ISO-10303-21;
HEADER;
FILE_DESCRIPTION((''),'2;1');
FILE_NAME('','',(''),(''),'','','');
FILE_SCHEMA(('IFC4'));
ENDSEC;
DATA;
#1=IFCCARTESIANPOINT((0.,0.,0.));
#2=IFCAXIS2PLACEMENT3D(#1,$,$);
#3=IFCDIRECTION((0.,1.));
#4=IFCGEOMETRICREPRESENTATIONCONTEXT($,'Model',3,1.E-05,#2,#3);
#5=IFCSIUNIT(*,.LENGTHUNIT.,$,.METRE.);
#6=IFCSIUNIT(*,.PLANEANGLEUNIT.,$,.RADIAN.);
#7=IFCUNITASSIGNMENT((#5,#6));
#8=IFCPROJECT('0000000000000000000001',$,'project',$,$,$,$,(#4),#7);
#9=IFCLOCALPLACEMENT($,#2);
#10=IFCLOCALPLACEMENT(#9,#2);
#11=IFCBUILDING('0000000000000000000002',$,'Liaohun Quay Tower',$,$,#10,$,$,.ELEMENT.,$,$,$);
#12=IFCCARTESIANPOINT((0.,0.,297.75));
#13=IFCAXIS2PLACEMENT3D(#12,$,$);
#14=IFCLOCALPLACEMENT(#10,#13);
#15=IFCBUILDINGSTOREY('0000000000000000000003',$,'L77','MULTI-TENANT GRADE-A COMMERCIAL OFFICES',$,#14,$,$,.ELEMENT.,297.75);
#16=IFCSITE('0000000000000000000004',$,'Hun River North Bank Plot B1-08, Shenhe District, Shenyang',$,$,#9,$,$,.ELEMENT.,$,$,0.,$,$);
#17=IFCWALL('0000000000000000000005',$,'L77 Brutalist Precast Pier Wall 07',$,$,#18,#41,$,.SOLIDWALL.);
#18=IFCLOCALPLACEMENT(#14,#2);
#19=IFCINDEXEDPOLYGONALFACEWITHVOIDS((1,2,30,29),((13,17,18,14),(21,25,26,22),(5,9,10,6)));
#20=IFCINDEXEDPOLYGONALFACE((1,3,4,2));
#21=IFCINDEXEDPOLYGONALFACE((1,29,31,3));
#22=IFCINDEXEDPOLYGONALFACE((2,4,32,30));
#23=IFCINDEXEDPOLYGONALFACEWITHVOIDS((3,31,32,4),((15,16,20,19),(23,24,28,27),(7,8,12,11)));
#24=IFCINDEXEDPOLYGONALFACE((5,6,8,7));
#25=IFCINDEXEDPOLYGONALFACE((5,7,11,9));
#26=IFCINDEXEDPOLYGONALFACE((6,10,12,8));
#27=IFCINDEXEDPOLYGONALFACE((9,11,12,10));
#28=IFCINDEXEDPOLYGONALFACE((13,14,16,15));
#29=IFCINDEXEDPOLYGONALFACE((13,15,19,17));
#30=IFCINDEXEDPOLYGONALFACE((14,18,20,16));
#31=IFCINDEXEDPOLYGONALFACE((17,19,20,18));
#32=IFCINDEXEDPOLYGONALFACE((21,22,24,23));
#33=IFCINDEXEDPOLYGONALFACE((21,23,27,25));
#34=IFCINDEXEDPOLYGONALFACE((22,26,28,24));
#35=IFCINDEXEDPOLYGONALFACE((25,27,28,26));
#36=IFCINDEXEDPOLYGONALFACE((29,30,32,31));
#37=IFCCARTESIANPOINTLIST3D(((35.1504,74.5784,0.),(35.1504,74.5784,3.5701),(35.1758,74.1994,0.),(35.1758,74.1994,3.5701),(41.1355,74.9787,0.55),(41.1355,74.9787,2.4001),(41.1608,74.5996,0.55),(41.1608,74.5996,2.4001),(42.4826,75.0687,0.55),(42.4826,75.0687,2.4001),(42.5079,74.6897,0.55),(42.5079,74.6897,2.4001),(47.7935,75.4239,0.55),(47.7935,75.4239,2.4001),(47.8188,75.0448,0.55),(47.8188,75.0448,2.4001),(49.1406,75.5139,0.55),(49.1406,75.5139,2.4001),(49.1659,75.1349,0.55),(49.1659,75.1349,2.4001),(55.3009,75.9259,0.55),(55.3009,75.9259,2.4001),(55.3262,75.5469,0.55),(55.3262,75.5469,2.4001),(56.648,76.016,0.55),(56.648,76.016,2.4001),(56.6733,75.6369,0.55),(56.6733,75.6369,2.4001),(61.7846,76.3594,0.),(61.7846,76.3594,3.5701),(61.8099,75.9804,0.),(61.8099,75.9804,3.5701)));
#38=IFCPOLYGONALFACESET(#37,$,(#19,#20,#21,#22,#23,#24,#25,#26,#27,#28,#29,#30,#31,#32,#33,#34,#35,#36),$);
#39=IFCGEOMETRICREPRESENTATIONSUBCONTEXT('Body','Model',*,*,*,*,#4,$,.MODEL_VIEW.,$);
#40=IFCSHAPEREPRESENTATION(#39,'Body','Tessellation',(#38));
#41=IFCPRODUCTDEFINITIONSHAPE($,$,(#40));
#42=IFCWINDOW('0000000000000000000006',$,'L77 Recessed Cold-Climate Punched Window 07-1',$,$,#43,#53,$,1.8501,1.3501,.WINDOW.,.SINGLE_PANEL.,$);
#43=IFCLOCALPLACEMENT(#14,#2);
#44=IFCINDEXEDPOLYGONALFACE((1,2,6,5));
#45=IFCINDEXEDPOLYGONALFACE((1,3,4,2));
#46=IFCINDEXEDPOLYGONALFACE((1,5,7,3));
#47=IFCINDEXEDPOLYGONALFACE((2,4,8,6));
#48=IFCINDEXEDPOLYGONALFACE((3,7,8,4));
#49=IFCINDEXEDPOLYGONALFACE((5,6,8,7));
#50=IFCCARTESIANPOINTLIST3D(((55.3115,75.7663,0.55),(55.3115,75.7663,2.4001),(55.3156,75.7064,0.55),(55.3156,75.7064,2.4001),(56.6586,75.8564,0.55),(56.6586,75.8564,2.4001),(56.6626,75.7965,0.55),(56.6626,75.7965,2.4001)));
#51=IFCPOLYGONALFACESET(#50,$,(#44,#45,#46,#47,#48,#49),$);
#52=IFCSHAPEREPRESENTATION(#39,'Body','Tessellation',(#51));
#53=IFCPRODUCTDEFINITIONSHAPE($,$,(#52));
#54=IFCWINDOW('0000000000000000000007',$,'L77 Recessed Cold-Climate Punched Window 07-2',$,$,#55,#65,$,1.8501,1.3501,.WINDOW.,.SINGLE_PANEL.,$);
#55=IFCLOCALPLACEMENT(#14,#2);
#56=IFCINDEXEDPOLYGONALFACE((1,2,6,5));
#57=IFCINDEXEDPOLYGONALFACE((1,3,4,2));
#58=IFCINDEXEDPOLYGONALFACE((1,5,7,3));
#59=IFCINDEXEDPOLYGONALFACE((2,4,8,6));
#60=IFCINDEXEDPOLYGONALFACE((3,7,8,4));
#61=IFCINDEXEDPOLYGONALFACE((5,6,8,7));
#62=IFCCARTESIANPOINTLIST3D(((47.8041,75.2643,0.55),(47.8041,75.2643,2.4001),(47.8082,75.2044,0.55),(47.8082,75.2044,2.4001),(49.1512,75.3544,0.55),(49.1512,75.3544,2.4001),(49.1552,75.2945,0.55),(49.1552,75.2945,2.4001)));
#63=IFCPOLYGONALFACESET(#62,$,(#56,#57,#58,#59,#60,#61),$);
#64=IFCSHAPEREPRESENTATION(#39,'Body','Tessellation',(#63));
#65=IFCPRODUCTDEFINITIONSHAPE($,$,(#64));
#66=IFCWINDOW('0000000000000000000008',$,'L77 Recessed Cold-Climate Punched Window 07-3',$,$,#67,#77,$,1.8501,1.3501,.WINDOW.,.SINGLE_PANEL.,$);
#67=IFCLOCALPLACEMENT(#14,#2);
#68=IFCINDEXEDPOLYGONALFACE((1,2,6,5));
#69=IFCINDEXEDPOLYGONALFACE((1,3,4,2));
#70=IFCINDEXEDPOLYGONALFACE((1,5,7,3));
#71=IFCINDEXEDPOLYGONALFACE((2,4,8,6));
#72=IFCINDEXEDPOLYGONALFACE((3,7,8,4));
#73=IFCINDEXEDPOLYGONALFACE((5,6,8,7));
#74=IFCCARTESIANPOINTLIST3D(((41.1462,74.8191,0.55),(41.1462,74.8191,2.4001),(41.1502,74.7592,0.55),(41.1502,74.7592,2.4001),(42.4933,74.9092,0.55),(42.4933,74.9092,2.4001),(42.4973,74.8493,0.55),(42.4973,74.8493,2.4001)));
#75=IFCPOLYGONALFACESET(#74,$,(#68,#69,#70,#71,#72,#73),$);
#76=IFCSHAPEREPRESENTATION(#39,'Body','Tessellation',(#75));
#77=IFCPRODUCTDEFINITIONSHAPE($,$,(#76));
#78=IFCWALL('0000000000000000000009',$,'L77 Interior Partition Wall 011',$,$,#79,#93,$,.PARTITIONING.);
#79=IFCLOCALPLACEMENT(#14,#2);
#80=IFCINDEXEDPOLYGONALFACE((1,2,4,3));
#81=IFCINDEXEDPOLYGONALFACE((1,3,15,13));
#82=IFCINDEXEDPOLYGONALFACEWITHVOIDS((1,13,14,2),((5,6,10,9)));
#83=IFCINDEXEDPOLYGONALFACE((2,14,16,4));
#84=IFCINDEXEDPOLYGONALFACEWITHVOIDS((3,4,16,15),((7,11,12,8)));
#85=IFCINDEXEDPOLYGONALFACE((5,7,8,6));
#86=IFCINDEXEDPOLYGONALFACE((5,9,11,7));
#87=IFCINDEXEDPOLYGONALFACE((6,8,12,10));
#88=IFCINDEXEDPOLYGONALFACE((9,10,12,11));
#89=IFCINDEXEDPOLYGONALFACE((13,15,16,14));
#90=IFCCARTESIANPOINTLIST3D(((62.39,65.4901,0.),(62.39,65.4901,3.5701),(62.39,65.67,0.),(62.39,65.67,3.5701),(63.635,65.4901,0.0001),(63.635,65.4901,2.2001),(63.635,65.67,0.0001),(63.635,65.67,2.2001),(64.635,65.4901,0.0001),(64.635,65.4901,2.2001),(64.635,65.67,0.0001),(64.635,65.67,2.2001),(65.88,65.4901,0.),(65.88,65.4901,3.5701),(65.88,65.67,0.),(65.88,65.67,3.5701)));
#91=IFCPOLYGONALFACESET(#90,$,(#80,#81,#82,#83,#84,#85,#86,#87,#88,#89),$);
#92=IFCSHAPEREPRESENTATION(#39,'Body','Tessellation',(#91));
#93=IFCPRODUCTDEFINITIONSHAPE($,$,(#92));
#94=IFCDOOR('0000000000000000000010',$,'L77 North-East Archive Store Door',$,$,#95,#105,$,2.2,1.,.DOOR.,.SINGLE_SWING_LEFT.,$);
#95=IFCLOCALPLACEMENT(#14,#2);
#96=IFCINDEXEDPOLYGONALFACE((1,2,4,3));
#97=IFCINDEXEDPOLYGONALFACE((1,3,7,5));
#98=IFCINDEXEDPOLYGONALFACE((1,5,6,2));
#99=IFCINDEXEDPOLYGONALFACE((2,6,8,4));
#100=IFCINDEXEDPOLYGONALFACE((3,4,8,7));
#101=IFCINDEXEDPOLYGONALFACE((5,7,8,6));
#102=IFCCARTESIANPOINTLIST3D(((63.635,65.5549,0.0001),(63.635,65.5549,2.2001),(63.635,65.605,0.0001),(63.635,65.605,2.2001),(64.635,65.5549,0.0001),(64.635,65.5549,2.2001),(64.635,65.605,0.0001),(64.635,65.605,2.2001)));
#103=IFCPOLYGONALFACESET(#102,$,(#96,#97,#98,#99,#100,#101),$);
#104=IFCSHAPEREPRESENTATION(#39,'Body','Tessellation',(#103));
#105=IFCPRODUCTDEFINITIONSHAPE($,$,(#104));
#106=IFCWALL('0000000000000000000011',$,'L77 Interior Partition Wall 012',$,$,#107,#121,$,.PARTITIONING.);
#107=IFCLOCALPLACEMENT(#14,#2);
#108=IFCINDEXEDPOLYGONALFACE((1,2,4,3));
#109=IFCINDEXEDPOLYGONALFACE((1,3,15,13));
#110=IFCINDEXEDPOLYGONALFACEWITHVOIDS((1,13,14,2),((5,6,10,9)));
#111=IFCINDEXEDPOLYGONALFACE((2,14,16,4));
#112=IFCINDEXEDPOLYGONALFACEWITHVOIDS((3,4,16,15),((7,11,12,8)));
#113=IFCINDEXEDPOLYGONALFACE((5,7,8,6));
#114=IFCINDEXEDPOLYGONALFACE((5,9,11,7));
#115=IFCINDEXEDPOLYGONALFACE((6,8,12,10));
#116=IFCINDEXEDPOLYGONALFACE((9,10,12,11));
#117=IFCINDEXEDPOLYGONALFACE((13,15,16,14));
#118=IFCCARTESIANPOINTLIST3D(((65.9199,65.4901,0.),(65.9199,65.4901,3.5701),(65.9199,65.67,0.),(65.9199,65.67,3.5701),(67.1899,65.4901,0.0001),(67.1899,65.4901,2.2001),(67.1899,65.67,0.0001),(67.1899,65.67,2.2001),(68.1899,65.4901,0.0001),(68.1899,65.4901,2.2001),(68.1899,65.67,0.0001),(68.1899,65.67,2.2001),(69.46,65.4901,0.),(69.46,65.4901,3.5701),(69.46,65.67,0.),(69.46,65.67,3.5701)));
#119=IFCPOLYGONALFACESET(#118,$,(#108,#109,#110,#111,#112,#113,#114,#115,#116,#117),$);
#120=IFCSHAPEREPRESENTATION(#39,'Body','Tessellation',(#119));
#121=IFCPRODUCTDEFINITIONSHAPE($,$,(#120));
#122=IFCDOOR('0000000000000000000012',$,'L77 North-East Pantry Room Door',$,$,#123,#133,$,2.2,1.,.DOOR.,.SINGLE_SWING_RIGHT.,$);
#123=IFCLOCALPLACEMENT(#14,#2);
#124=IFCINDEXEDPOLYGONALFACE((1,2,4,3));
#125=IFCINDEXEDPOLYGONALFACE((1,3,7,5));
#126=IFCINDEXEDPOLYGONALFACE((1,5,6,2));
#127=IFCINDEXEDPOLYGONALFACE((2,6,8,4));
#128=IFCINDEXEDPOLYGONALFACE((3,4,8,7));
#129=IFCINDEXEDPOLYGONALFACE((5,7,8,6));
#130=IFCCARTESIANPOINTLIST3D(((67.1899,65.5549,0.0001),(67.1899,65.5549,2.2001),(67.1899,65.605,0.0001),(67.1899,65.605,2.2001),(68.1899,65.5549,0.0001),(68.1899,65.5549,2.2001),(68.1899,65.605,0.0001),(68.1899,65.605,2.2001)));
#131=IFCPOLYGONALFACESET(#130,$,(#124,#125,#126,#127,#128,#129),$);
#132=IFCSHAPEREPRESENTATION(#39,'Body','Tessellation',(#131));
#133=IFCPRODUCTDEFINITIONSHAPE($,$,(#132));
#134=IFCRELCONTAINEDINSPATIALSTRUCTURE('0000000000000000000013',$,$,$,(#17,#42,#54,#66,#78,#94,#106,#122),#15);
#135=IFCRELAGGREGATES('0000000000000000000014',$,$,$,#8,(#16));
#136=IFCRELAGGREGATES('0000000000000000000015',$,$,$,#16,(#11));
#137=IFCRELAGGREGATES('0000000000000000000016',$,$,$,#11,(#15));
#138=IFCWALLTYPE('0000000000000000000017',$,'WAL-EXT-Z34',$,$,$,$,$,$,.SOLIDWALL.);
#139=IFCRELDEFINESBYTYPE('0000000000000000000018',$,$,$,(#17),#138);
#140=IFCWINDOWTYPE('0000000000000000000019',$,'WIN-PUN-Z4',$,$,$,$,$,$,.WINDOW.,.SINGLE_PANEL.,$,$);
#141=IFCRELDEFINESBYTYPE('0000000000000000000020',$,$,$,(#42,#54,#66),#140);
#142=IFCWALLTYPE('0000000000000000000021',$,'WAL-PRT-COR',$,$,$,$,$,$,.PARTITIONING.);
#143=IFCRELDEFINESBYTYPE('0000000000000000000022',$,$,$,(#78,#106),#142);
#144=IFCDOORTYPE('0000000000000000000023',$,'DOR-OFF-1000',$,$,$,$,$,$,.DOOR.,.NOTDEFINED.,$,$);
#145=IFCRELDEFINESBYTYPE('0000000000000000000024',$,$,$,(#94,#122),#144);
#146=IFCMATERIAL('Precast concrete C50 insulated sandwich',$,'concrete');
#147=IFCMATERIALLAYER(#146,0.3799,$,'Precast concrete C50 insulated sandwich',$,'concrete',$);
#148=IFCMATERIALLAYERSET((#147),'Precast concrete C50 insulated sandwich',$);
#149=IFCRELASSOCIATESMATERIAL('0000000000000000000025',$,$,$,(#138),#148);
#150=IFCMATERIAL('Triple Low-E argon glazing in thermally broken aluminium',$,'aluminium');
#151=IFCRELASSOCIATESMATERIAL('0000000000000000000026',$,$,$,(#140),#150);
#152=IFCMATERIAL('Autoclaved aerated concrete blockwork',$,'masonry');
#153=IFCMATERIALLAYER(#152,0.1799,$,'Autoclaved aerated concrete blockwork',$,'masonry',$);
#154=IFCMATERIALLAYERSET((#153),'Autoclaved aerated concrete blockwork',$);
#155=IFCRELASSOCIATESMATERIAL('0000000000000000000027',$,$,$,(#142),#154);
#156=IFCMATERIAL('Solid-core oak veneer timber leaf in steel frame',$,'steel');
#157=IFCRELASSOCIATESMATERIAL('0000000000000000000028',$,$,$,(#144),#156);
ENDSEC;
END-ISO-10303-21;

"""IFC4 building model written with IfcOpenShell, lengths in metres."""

from ifc_helpers import new_model, si_unit, direction, frame, frame_2d, origin, place, context, subcontext, project, spatial, rectangle, extrude, source, transform, mapped, material, layer, layer_set, type_object, element, fill, save


model = new_model("IFC4")

# Units and contexts
model_context = context("Model", 3, precision=1e-05, world=origin(), true_north=direction((0.0, 1.0)))
body_context = subcontext(model_context, "Body", "Model", "MODEL_VIEW")
ifc_project = project(units=[si_unit("LENGTHUNIT", "METRE"), si_unit("PLANEANGLEUNIT", "RADIAN")], contexts=[model_context])

# Site, building, storey
site_placement = place(None, origin())
site = spatial("IfcSite", under=ifc_project, at=site_placement, Name="Hun River North Bank Plot B1-08, Shenhe District, Shenyang", CompositionType="ELEMENT", RefElevation=0.0)
building_placement = place(site_placement, origin())
building = spatial("IfcBuilding", under=site, at=building_placement, Name="Liaohun Quay Tower", CompositionType="ELEMENT")
storey_placement = place(building_placement, frame((0.0, 0.0, 297.75)))
storey = spatial("IfcBuildingStorey", under=building, at=storey_placement, Name="L77", Description="MULTI-TENANT GRADE-A COMMERCIAL OFFICES", CompositionType="ELEMENT", Elevation=297.75)

# Wall, openings, windows
ifc_material_1 = material(Name="Precast concrete C50 insulated sandwich", Category="concrete")
ifc_layer_1 = layer(ifc_material_1, 0.3799, Name="Precast concrete C50 insulated sandwich", Category="concrete")
ifc_layer_set_1 = layer_set([ifc_layer_1], Name="Precast concrete C50 insulated sandwich")
wall_type_1 = type_object("IfcWallType", Name="WAL-EXT-Z34", PredefinedType="SOLIDWALL", material=ifc_layer_set_1)
wall_1_placement = place(storey_placement, frame((61.7971, 76.1699, 0.0), z_axis=(0.0, 0.0, 1.0), x_axis=(-0.997772, -0.066721, 0.0)))
wall_1 = element("IfcWall", 1, at=wall_1_placement, inside=storey, type_object=wall_type_1, Name="L77 Brutalist Precast Pier Wall 07", PredefinedType="SOLIDWALL", context=body_context, shape_type="SweptSolid", body=[
    extrude(rectangle(XDim=26.6936, YDim=0.3799, at=frame_2d((13.3467, 0.0))), origin(), (0.0, 0.0, 1.0), 3.5701),
])
shared_shape_1 = source(origin(), body_context, "Body", "SweptSolid", [
    extrude(rectangle(XDim=1.3501, YDim=1.8501, at=frame_2d((0.675, 0.925))), frame((0.0, 0.2, 0.0), z_axis=(0.0, -1.0, 0.0), x_axis=(1.0, 0.0, 0.0)), (0.0, 0.0, 1.0), 0.3999),
])
opening_1_placement = place(wall_1_placement, frame((5.1479, 0.0, 0.55)))
opening_1 = element("IfcOpeningElement", 2, at=opening_1_placement, cuts=wall_1, PredefinedType="OPENING", context=body_context, shape_type="MappedRepresentation", body=[
    mapped(shared_shape_1, transform((0.0, 0.0, 0.0), x_axis=(1.0, 0.0, 0.0), y_axis=(0.0, 1.0, 0.0), z_axis=(0.0, 0.0, 1.0), scale=1.0)),
])
opening_2_placement = place(wall_1_placement, frame((12.6721, 0.0, 0.55)))
opening_2 = element("IfcOpeningElement", 3, at=opening_2_placement, cuts=wall_1, PredefinedType="OPENING", context=body_context, shape_type="MappedRepresentation", body=[
    mapped(shared_shape_1, transform((0.0, 0.0, 0.0), x_axis=(1.0, 0.0, 0.0), y_axis=(0.0, 1.0, 0.0), z_axis=(0.0, 0.0, 1.0), scale=1.0)),
])
opening_3_placement = place(wall_1_placement, frame((19.345, 0.0, 0.55)))
opening_3 = element("IfcOpeningElement", 4, at=opening_3_placement, cuts=wall_1, PredefinedType="OPENING", context=body_context, shape_type="MappedRepresentation", body=[
    mapped(shared_shape_1, transform((0.0, 0.0, 0.0), x_axis=(1.0, 0.0, 0.0), y_axis=(0.0, 1.0, 0.0), z_axis=(0.0, 0.0, 1.0), scale=1.0)),
])
ifc_material_2 = material(Name="Triple Low-E argon glazing in thermally broken aluminium", Category="aluminium")
window_type = type_object("IfcWindowType", Name="WIN-PUN-Z4", PartitioningType="SINGLE_PANEL", PredefinedType="WINDOW", material=ifc_material_2)
shared_shape_2 = source(origin(), body_context, "Body", "SweptSolid", [
    extrude(rectangle(XDim=1.3501, YDim=1.8501, at=frame_2d((0.675, 0.925))), frame((0.0, 0.03, 0.0), z_axis=(0.0, -1.0, 0.0), x_axis=(1.0, 0.0, 0.0)), (0.0, 0.0, 1.0), 0.0601),
])
window_1_placement = place(opening_1_placement, origin())
window_1 = element("IfcWindow", 5, at=window_1_placement, inside=storey, type_object=window_type, Name="L77 Recessed Cold-Climate Punched Window 07-1", OverallHeight=1.8501, OverallWidth=1.3501, PartitioningType="SINGLE_PANEL", PredefinedType="WINDOW", context=body_context, shape_type="MappedRepresentation", body=[
    mapped(shared_shape_2, transform((0.0, 0.0, 0.0), x_axis=(1.0, 0.0, 0.0), y_axis=(0.0, 1.0, 0.0), z_axis=(0.0, 0.0, 1.0), scale=1.0)),
])
fill(opening_1, window_1)
window_2_placement = place(opening_2_placement, origin())
window_2 = element("IfcWindow", 6, at=window_2_placement, inside=storey, type_object=window_type, Name="L77 Recessed Cold-Climate Punched Window 07-2", OverallHeight=1.8501, OverallWidth=1.3501, PartitioningType="SINGLE_PANEL", PredefinedType="WINDOW", context=body_context, shape_type="MappedRepresentation", body=[
    mapped(shared_shape_2, transform((0.0, 0.0, 0.0), x_axis=(1.0, 0.0, 0.0), y_axis=(0.0, 1.0, 0.0), z_axis=(0.0, 0.0, 1.0), scale=1.0)),
])
fill(opening_2, window_2)
window_3_placement = place(opening_3_placement, origin())
window_3 = element("IfcWindow", 7, at=window_3_placement, inside=storey, type_object=window_type, Name="L77 Recessed Cold-Climate Punched Window 07-3", OverallHeight=1.8501, OverallWidth=1.3501, PartitioningType="SINGLE_PANEL", PredefinedType="WINDOW", context=body_context, shape_type="MappedRepresentation", body=[
    mapped(shared_shape_2, transform((0.0, 0.0, 0.0), x_axis=(1.0, 0.0, 0.0), y_axis=(0.0, 1.0, 0.0), z_axis=(0.0, 0.0, 1.0), scale=1.0)),
])
fill(opening_3, window_3)

# Walls, openings, doors
ifc_material_3 = material(Name="Autoclaved aerated concrete blockwork", Category="masonry")
ifc_layer_2 = layer(ifc_material_3, 0.1799, Name="Autoclaved aerated concrete blockwork", Category="masonry")
ifc_layer_set_2 = layer_set([ifc_layer_2], Name="Autoclaved aerated concrete blockwork")
wall_type_2 = type_object("IfcWallType", Name="WAL-PRT-COR", PredefinedType="PARTITIONING", material=ifc_layer_set_2)
wall_2_placement = place(storey_placement, frame((62.3899, 65.5801, 0.0), z_axis=(0.0, 0.0, 1.0), x_axis=(1.0, 0.0, 0.0)))
wall_2 = element("IfcWall", 8, at=wall_2_placement, inside=storey, type_object=wall_type_2, Name="L77 Interior Partition Wall 011", PredefinedType="PARTITIONING", context=body_context, shape_type="SweptSolid", body=[
    extrude(rectangle(XDim=3.49, YDim=0.1799, at=frame_2d((1.7451, 0.0))), origin(), (0.0, 0.0, 1.0), 3.5701),
])
shared_shape_3 = source(origin(), body_context, "Body", "SweptSolid", [
    extrude(rectangle(XDim=1.0, YDim=2.2, at=frame_2d((0.5, 1.1001))), frame((0.0, 0.0999, 0.0), z_axis=(0.0, -1.0, 0.0), x_axis=(1.0, 0.0, 0.0)), (0.0, 0.0, 1.0), 0.2),
])
opening_4_placement = place(wall_2_placement, frame((1.2451, 0.0, 0.0)))
opening_4 = element("IfcOpeningElement", 9, at=opening_4_placement, cuts=wall_2, PredefinedType="OPENING", context=body_context, shape_type="MappedRepresentation", body=[
    mapped(shared_shape_3, transform((0.0, 0.0, 0.0), x_axis=(1.0, 0.0, 0.0), y_axis=(0.0, 1.0, 0.0), z_axis=(0.0, 0.0, 1.0), scale=1.0)),
])
ifc_material_4 = material(Name="Solid-core oak veneer timber leaf in steel frame", Category="steel")
door_type_1 = type_object("IfcDoorType", Name="DOR-OFF-1000", OperationType="NOTDEFINED", PredefinedType="DOOR", material=ifc_material_4)
shared_shape_4 = source(origin(), body_context, "Body", "SweptSolid", [
    extrude(rectangle(XDim=1.0, YDim=2.2, at=frame_2d((0.5, 1.1001))), frame((0.0, 0.0249, 0.0), z_axis=(0.0, -1.0, 0.0), x_axis=(1.0, 0.0, 0.0)), (0.0, 0.0, 1.0), 0.05),
])
door_1_placement = place(opening_4_placement, origin())
door_1 = element("IfcDoor", 10, at=door_1_placement, inside=storey, type_object=door_type_1, Name="L77 North-East Archive Store Door", OperationType="SINGLE_SWING_LEFT", OverallHeight=2.2, OverallWidth=1.0, PredefinedType="DOOR", context=body_context, shape_type="MappedRepresentation", body=[
    mapped(shared_shape_4, transform((0.0, 0.0, 0.0), x_axis=(1.0, 0.0, 0.0), y_axis=(0.0, 1.0, 0.0), z_axis=(0.0, 0.0, 1.0), scale=1.0)),
])
fill(opening_4, door_1)
wall_3_placement = place(storey_placement, frame((65.9199, 65.5801, 0.0), z_axis=(0.0, 0.0, 1.0), x_axis=(1.0, 0.0, 0.0)))
wall_3 = element("IfcWall", 11, at=wall_3_placement, inside=storey, type_object=wall_type_2, Name="L77 Interior Partition Wall 012", PredefinedType="PARTITIONING", context=body_context, shape_type="SweptSolid", body=[
    extrude(rectangle(XDim=3.54, YDim=0.1799, at=frame_2d((1.77, 0.0))), origin(), (0.0, 0.0, 1.0), 3.5701),
])
opening_5_placement = place(wall_3_placement, frame((1.27, 0.0, 0.0)))
opening_5 = element("IfcOpeningElement", 12, at=opening_5_placement, cuts=wall_3, PredefinedType="OPENING", context=body_context, shape_type="MappedRepresentation", body=[
    mapped(shared_shape_3, transform((0.0, 0.0, 0.0), x_axis=(1.0, 0.0, 0.0), y_axis=(0.0, 1.0, 0.0), z_axis=(0.0, 0.0, 1.0), scale=1.0)),
])
door_2_placement = place(opening_5_placement, origin())
door_2 = element("IfcDoor", 13, at=door_2_placement, inside=storey, type_object=door_type_1, Name="L77 North-East Pantry Room Door", OperationType="SINGLE_SWING_RIGHT", OverallHeight=2.2, OverallWidth=1.0, PredefinedType="DOOR", context=body_context, shape_type="MappedRepresentation", body=[
    mapped(shared_shape_4, transform((0.0, 0.0, 0.0), x_axis=(1.0, 0.0, 0.0), y_axis=(0.0, 1.0, 0.0), z_axis=(0.0, 0.0, 1.0), scale=1.0)),
])
fill(opening_5, door_2)

save(model, "model.ifc")
